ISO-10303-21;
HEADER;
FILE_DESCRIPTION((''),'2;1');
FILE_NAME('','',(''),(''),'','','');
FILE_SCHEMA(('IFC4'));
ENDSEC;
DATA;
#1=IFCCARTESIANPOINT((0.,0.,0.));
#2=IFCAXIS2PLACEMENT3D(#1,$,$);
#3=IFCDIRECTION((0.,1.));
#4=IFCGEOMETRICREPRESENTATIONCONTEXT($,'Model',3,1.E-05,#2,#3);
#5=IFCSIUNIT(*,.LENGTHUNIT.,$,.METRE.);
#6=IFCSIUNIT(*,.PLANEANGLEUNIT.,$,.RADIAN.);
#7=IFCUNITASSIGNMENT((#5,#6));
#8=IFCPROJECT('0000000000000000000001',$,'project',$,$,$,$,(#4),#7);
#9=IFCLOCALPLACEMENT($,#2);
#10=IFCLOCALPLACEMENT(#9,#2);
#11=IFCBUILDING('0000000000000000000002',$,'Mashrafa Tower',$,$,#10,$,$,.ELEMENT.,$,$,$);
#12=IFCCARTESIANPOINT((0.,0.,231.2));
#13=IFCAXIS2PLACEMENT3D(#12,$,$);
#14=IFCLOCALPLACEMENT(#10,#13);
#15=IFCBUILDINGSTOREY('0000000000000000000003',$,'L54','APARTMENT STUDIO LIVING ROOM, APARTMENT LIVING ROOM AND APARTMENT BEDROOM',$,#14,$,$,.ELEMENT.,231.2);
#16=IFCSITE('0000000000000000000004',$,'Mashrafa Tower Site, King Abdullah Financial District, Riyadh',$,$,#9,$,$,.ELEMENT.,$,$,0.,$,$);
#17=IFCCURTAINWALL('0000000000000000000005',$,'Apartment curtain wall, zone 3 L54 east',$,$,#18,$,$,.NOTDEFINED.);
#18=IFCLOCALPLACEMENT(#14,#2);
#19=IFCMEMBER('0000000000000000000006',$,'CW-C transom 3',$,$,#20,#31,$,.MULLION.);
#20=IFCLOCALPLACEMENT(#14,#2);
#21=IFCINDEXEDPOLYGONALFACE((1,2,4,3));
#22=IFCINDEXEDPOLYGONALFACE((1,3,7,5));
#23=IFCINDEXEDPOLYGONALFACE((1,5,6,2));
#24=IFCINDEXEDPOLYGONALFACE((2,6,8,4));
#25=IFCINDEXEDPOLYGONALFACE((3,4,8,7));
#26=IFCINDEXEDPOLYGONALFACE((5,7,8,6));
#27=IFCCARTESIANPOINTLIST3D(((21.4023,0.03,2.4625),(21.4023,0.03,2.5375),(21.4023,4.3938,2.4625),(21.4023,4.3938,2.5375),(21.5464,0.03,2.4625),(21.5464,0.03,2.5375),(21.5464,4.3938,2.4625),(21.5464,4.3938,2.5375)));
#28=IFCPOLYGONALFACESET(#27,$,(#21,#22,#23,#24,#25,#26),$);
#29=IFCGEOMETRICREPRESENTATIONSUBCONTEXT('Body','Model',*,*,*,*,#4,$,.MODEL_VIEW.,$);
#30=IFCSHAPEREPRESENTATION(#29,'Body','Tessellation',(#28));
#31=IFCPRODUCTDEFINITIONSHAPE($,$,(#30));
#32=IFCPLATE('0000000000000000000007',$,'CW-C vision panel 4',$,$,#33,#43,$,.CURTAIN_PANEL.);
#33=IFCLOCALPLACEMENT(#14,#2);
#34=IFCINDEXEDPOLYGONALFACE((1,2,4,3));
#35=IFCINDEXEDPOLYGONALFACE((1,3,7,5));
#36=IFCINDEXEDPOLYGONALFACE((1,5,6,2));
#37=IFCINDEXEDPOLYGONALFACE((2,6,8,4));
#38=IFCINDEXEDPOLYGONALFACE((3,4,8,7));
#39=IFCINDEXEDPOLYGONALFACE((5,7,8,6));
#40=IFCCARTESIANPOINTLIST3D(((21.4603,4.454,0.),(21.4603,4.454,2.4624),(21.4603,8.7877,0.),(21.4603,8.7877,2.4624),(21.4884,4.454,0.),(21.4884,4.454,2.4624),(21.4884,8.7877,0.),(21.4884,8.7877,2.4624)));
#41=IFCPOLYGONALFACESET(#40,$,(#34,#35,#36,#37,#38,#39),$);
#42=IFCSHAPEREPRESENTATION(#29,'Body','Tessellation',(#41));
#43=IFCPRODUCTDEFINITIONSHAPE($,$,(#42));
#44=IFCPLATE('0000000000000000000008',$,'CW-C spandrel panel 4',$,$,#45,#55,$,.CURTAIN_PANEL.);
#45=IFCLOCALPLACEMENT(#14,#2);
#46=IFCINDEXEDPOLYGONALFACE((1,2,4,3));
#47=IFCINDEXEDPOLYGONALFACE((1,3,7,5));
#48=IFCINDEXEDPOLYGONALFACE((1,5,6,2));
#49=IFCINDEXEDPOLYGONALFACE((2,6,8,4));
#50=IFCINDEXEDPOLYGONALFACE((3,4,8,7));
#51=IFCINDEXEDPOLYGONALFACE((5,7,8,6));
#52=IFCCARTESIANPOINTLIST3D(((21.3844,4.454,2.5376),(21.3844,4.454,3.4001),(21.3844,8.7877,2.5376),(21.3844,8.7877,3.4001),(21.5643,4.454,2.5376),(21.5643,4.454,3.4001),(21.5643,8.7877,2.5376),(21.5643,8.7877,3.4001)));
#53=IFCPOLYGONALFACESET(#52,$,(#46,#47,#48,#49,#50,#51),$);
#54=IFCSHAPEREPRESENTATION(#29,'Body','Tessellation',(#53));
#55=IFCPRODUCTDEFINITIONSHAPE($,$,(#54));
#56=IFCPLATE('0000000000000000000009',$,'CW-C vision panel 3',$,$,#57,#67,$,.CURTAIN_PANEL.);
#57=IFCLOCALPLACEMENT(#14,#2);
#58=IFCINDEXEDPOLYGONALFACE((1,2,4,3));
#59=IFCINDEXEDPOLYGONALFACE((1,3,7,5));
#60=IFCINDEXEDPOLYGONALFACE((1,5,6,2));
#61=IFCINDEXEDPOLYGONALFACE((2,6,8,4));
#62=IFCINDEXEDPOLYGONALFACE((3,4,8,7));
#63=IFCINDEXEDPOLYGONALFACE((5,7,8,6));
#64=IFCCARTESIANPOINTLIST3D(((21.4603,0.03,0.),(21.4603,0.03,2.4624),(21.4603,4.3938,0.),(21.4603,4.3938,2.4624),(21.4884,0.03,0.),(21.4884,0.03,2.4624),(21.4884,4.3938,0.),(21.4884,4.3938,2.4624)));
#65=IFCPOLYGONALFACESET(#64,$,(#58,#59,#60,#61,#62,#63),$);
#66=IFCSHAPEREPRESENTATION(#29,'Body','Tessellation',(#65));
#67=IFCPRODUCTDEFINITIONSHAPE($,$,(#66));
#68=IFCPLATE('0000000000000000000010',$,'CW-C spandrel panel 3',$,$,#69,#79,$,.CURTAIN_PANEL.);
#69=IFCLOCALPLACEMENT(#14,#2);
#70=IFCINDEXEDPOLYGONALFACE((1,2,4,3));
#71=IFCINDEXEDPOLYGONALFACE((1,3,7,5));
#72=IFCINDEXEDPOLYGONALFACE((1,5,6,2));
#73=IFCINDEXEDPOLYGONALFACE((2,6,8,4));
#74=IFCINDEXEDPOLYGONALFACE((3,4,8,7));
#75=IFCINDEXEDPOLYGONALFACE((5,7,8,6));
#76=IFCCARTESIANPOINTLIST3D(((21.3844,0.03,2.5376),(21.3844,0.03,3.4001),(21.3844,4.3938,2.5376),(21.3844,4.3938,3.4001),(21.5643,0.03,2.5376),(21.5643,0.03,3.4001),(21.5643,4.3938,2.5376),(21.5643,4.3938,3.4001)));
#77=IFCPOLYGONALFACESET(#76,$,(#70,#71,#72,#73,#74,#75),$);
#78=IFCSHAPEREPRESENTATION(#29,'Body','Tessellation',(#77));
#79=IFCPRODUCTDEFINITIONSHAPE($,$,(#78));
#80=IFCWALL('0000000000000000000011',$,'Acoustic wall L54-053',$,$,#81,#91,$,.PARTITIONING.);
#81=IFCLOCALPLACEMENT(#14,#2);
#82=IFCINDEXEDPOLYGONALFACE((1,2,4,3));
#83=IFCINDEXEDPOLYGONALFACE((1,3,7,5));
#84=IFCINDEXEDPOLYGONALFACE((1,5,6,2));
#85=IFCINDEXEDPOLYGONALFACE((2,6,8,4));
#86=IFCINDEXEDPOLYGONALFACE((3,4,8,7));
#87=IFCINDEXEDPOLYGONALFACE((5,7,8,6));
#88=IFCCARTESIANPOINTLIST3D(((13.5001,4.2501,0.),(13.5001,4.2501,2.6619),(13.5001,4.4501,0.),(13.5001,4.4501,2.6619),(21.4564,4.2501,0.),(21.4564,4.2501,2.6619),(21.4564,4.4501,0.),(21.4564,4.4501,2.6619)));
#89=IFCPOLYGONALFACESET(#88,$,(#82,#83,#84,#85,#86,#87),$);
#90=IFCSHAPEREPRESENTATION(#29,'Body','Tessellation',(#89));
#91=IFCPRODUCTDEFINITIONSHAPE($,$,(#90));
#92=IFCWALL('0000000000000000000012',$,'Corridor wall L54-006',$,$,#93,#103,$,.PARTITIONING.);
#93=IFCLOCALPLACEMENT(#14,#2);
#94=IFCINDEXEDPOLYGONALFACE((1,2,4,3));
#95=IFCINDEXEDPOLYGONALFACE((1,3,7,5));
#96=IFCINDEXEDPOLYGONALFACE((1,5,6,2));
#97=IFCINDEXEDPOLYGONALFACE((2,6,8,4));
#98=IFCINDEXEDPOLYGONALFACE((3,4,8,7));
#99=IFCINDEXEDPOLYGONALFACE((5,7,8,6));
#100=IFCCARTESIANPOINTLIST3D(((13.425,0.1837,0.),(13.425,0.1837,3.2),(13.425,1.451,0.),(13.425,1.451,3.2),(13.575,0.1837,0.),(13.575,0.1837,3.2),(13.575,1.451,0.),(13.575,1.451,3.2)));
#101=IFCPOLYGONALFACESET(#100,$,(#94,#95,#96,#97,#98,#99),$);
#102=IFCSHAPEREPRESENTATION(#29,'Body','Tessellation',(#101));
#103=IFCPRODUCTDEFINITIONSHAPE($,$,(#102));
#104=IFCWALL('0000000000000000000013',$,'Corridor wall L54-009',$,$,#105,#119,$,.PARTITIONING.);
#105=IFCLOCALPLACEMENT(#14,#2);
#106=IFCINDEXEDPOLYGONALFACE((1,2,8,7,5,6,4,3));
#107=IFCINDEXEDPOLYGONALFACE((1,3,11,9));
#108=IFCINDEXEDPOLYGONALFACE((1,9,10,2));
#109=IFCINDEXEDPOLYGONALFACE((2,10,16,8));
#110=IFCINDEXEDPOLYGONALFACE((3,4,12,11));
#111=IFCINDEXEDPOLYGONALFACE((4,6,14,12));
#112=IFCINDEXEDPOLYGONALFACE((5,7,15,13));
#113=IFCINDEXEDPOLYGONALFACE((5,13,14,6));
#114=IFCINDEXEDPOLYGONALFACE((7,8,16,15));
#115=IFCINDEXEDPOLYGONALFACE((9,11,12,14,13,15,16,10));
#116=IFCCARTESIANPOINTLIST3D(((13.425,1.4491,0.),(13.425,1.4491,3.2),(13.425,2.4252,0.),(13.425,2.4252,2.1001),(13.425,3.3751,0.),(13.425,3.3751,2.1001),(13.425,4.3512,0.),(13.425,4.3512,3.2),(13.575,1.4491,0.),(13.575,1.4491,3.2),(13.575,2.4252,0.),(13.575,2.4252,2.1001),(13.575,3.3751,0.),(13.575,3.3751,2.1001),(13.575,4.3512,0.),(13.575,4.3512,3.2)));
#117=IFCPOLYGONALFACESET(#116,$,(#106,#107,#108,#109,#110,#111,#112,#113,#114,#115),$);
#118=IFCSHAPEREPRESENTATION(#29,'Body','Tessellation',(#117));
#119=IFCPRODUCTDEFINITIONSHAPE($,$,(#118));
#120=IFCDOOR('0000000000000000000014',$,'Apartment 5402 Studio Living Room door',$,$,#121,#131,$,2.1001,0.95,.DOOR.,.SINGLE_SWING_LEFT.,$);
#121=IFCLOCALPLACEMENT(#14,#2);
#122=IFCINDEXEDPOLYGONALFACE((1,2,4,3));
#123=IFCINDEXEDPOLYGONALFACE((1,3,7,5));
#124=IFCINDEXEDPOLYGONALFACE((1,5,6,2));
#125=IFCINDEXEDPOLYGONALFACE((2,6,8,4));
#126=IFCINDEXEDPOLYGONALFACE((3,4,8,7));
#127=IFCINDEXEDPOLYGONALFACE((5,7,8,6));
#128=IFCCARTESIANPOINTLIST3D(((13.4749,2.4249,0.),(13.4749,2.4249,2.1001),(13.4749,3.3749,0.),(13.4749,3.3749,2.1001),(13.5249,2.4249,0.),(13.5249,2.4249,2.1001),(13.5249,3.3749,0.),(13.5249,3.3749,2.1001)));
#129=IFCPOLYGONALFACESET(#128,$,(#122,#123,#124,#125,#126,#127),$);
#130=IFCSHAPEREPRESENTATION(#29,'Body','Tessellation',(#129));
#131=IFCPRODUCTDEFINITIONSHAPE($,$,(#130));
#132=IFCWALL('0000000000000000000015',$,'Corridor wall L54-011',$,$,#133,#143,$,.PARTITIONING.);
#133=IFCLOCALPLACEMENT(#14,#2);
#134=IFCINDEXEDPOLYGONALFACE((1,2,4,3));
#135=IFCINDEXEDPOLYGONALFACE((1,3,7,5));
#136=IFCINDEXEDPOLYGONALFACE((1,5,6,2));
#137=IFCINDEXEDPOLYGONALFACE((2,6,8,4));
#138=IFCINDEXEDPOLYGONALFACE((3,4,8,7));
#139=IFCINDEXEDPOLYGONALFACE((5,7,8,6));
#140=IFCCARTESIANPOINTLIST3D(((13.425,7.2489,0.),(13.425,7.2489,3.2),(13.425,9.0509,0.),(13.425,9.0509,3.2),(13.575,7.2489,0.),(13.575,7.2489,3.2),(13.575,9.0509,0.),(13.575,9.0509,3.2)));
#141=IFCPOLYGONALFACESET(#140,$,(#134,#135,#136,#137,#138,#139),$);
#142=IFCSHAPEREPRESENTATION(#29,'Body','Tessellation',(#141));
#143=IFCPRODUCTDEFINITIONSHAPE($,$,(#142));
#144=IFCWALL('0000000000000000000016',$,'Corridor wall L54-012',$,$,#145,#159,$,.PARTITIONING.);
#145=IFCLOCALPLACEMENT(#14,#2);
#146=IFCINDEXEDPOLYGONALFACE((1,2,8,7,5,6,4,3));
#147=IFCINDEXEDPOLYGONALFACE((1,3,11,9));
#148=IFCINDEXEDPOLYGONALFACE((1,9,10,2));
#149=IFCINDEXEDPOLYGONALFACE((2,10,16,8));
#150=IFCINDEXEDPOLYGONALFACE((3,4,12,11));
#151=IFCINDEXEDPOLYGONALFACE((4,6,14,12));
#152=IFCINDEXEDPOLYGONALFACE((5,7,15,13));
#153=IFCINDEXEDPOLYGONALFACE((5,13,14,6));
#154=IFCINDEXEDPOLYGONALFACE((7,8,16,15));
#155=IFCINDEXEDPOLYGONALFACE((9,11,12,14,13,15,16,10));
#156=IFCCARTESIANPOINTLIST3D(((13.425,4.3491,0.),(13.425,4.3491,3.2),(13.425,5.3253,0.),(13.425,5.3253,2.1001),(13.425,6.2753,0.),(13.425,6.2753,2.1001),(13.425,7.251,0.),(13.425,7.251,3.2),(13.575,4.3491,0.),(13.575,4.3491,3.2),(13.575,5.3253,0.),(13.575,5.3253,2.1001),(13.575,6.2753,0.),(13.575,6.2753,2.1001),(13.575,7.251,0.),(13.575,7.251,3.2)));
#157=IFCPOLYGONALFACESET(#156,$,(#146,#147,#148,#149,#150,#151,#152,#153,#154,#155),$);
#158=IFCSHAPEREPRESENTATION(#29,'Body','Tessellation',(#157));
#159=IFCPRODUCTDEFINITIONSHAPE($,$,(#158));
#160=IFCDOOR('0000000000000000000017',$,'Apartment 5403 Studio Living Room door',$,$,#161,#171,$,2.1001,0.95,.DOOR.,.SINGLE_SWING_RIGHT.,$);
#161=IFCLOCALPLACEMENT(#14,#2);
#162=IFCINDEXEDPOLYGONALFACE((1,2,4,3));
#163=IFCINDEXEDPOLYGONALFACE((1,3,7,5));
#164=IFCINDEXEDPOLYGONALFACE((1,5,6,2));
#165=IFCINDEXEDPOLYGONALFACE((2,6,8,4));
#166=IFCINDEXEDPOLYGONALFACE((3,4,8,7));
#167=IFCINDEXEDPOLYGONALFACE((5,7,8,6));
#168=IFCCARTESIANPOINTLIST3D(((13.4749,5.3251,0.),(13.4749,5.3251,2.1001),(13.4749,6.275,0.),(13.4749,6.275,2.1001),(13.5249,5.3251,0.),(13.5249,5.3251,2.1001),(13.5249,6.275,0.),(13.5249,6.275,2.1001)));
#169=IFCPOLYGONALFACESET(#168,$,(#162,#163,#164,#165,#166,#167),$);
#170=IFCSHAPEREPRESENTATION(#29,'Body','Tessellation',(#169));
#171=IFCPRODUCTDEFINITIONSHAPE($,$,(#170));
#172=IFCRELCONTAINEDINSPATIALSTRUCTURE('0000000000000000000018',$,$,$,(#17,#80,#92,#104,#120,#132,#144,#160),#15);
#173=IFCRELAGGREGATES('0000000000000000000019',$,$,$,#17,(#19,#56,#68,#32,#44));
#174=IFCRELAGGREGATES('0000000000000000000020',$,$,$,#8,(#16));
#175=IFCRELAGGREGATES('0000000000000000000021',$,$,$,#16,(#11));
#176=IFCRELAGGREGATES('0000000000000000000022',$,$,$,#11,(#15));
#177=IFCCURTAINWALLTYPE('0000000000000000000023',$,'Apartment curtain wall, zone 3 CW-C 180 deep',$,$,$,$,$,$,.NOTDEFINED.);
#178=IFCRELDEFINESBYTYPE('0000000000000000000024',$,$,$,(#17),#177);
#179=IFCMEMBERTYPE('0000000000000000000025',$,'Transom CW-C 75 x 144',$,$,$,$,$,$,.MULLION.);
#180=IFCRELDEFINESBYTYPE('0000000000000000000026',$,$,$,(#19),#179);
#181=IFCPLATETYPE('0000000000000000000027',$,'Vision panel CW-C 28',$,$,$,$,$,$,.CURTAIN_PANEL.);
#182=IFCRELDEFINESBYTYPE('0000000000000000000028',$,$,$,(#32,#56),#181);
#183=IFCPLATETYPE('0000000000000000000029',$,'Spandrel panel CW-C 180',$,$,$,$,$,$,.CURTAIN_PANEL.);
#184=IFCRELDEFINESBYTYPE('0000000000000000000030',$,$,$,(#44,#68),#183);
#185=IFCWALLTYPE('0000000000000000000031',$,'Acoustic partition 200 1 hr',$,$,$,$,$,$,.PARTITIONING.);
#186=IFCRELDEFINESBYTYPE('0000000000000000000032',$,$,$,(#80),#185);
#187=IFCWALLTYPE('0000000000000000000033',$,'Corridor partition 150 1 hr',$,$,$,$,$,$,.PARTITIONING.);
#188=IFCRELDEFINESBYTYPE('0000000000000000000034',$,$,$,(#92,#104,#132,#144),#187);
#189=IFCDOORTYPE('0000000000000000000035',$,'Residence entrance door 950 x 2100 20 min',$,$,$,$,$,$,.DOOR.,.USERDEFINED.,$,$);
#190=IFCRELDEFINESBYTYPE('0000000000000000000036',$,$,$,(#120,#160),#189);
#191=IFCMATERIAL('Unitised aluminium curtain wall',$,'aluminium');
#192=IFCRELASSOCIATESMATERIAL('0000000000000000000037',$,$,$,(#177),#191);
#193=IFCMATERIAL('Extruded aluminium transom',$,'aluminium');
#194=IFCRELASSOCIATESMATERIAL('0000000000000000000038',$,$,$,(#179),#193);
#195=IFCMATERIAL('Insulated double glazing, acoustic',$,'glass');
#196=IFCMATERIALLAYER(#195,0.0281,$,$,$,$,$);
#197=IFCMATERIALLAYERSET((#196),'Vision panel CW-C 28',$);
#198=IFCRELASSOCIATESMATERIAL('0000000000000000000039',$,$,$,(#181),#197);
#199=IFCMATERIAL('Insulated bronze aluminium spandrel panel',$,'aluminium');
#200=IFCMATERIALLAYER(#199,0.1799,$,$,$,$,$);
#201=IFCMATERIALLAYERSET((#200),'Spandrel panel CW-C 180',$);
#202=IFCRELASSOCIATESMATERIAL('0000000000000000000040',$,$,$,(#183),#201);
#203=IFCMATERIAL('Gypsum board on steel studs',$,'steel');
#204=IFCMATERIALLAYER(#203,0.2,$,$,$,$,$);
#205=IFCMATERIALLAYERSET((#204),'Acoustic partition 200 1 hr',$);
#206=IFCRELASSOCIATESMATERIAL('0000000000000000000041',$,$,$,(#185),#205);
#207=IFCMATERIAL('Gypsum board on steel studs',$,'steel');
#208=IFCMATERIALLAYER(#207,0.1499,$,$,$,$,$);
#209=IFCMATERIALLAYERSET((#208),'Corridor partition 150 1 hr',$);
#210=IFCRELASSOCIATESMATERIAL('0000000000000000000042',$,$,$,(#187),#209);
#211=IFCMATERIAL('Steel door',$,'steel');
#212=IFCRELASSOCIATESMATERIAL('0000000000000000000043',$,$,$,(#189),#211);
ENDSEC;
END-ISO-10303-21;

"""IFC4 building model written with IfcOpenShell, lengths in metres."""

from ifc_helpers import new_model, si_unit, direction, frame, frame_2d, origin, origin_2d, place, context, subcontext, project, spatial, rectangle, extrude, source, transform, mapped, material, layer, layer_set, material_profile, profile_set, type_object, type_shapes, element, fill, aggregate, save


model = new_model("IFC4")

# Units and contexts
model_context = context("Model", 3, precision=1e-05, world=origin(), true_north=direction((0.0, 1.0)))
body_context = subcontext(model_context, "Body", "Model", "MODEL_VIEW")
ifc_project = project(units=[si_unit("LENGTHUNIT", "METRE"), si_unit("PLANEANGLEUNIT", "RADIAN")], contexts=[model_context])

# Site, building, storey
site_placement = place(None, origin())
site = spatial("IfcSite", under=ifc_project, at=site_placement, Name="Mashrafa Tower Site, King Abdullah Financial District, Riyadh", CompositionType="ELEMENT", RefElevation=0.0)
building_placement = place(site_placement, origin())
building = spatial("IfcBuilding", under=site, at=building_placement, Name="Mashrafa Tower", CompositionType="ELEMENT")
storey_placement = place(building_placement, frame((0.0, 0.0, 231.2)))
storey = spatial("IfcBuildingStorey", under=building, at=storey_placement, Name="L54", Description="APARTMENT STUDIO LIVING ROOM, APARTMENT LIVING ROOM AND APARTMENT BEDROOM", CompositionType="ELEMENT", Elevation=231.2)

# Curtain wall
ifc_material_1 = material(Name="Unitised aluminium curtain wall", Category="aluminium")
curtain_wall_type = type_object("IfcCurtainWallType", Name="Apartment curtain wall, zone 3 CW-C 180 deep", PredefinedType="NOTDEFINED", material=ifc_material_1)
curtain_wall_1_placement = place(storey_placement, origin())
curtain_wall_1 = element("IfcCurtainWall", 1, at=curtain_wall_1_placement, inside=storey, type_object=curtain_wall_type, Name="Apartment curtain wall, zone 3 L54 east", PredefinedType="NOTDEFINED")

# Member
ifc_material_2 = material(Name="Extruded aluminium transom", Category="aluminium")
ifc_material_profile_1 = material_profile(ifc_material_2, rectangle(XDim=0.144, YDim=0.075, at=origin_2d()), Name="Transom 75x144")
ifc_profile_set_1 = profile_set([ifc_material_profile_1], Name="Extruded aluminium transom")
member_type_1 = type_object("IfcMemberType", Name="Transom CW-C 75 x 144", PredefinedType="MULLION", material=ifc_profile_set_1)
shared_shape_1 = source(origin(), body_context, "Body", "SweptSolid", [
    extrude(rectangle(XDim=0.144, YDim=0.075, at=origin_2d()), origin(), (0.0, 0.0, 1.0), 4.3638),
])
member_1_placement = place(storey_placement, frame((21.4744, 0.03, 2.5), z_axis=(0.0, 1.0, 0.0), x_axis=(-1.0, 0.0, 0.0)))
member_1 = element("IfcMember", 2, at=member_1_placement, type_object=member_type_1, Name="CW-C transom 3", PredefinedType="MULLION", context=body_context, shape_type="MappedRepresentation", body=[
    mapped(shared_shape_1, transform((0.0, 0.0, 0.0))),
])

# Plates
ifc_material_3 = material(Name="Insulated double glazing, acoustic", Category="glass")
ifc_layer_1 = layer(ifc_material_3, 0.0281)
ifc_layer_set_1 = layer_set([ifc_layer_1], Name="Vision panel CW-C 28")
plate_type_1 = type_object("IfcPlateType", Name="Vision panel CW-C 28", PredefinedType="CURTAIN_PANEL", material=ifc_layer_set_1)
shared_shape_2 = source(origin(), body_context, "Body", "SweptSolid", [
    extrude(rectangle(XDim=4.3337, YDim=0.0281, at=origin_2d()), origin(), (0.0, 0.0, 1.0), 2.4624),
])
plate_1_placement = place(storey_placement, frame((21.4744, 6.6208, 0.0), z_axis=(0.0, 0.0, 1.0), x_axis=(0.0, 1.0, 0.0)))
plate_1 = element("IfcPlate", 3, at=plate_1_placement, type_object=plate_type_1, Name="CW-C vision panel 4", PredefinedType="CURTAIN_PANEL", context=body_context, shape_type="MappedRepresentation", body=[
    mapped(shared_shape_2, transform((0.0, 0.0, 0.0))),
])
ifc_material_4 = material(Name="Insulated bronze aluminium spandrel panel", Category="aluminium")
ifc_layer_2 = layer(ifc_material_4, 0.1799)
ifc_layer_set_2 = layer_set([ifc_layer_2], Name="Spandrel panel CW-C 180")
plate_type_2 = type_object("IfcPlateType", Name="Spandrel panel CW-C 180", PredefinedType="CURTAIN_PANEL", material=ifc_layer_set_2)
shared_shape_3 = source(origin(), body_context, "Body", "SweptSolid", [
    extrude(rectangle(XDim=4.3337, YDim=0.1799, at=origin_2d()), origin(), (0.0, 0.0, 1.0), 0.8625),
])
plate_2_placement = place(storey_placement, frame((21.4744, 6.6208, 2.5376), z_axis=(0.0, 0.0, 1.0), x_axis=(0.0, 1.0, 0.0)))
plate_2 = element("IfcPlate", 4, at=plate_2_placement, type_object=plate_type_2, Name="CW-C spandrel panel 4", PredefinedType="CURTAIN_PANEL", context=body_context, shape_type="MappedRepresentation", body=[
    mapped(shared_shape_3, transform((0.0, 0.0, 0.0))),
])
shared_shape_4 = source(origin(), body_context, "Body", "SweptSolid", [
    extrude(rectangle(XDim=4.3638, YDim=0.0281, at=origin_2d()), origin(), (0.0, 0.0, 1.0), 2.4624),
])
type_shapes(plate_type_1, [shared_shape_2, shared_shape_4])
plate_3_placement = place(storey_placement, frame((21.4744, 2.2119, 0.0), z_axis=(0.0, 0.0, 1.0), x_axis=(0.0, 1.0, 0.0)))
plate_3 = element("IfcPlate", 5, at=plate_3_placement, type_object=plate_type_1, Name="CW-C vision panel 3", PredefinedType="CURTAIN_PANEL", context=body_context, shape_type="MappedRepresentation", body=[
    mapped(shared_shape_4, transform((0.0, 0.0, 0.0))),
])
shared_shape_5 = source(origin(), body_context, "Body", "SweptSolid", [
    extrude(rectangle(XDim=4.3638, YDim=0.1799, at=origin_2d()), origin(), (0.0, 0.0, 1.0), 0.8625),
])
type_shapes(plate_type_2, [shared_shape_3, shared_shape_5])
plate_4_placement = place(storey_placement, frame((21.4744, 2.2119, 2.5376), z_axis=(0.0, 0.0, 1.0), x_axis=(0.0, 1.0, 0.0)))
plate_4 = element("IfcPlate", 6, at=plate_4_placement, type_object=plate_type_2, Name="CW-C spandrel panel 3", PredefinedType="CURTAIN_PANEL", context=body_context, shape_type="MappedRepresentation", body=[
    mapped(shared_shape_5, transform((0.0, 0.0, 0.0))),
])
aggregate(curtain_wall_1, [member_1, plate_3, plate_4, plate_1, plate_2])

# Walls
ifc_material_5 = material(Name="Gypsum board on steel studs", Category="steel")
ifc_layer_3 = layer(ifc_material_5, 0.2)
ifc_layer_set_3 = layer_set([ifc_layer_3], Name="Acoustic partition 200 1 hr")
wall_type_1 = type_object("IfcWallType", Name="Acoustic partition 200 1 hr", PredefinedType="PARTITIONING", material=ifc_layer_set_3)
wall_1_placement = place(storey_placement, frame((21.4563, 4.3501, 0.0), z_axis=(0.0, 0.0, 1.0), x_axis=(-1.0, 0.0, 0.0)))
element("IfcWall", 7, at=wall_1_placement, inside=storey, type_object=wall_type_1, Name="Acoustic wall L54-053", PredefinedType="PARTITIONING", context=body_context, shape_type="SweptSolid", body=[
    extrude(rectangle(XDim=7.9563, YDim=0.2, at=frame_2d((3.978, 0.0))), origin(), (0.0, 0.0, 1.0), 2.6619),
])
ifc_material_6 = material(Name="Gypsum board on steel studs", Category="steel")
ifc_layer_4 = layer(ifc_material_6, 0.1499)
ifc_layer_set_4 = layer_set([ifc_layer_4], Name="Corridor partition 150 1 hr")
wall_type_2 = type_object("IfcWallType", Name="Corridor partition 150 1 hr", PredefinedType="PARTITIONING", material=ifc_layer_set_4)
wall_2_placement = place(storey_placement, frame((13.5, 0.1836, 0.0), z_axis=(0.0, 0.0, 1.0), x_axis=(0.0, 1.0, 0.0)))
element("IfcWall", 8, at=wall_2_placement, inside=storey, type_object=wall_type_2, Name="Corridor wall L54-006", PredefinedType="PARTITIONING", context=body_context, shape_type="SweptSolid", body=[
    extrude(rectangle(XDim=1.2673, YDim=0.1499, at=frame_2d((0.6338, 0.0))), origin(), (0.0, 0.0, 1.0), 3.2),
])

# Wall, opening, door
wall_3_placement = place(storey_placement, frame((13.5, 1.449, 0.0), z_axis=(0.0, 0.0, 1.0), x_axis=(0.0, 1.0, 0.0)))
wall_3 = element("IfcWall", 9, at=wall_3_placement, inside=storey, type_object=wall_type_2, Name="Corridor wall L54-009", PredefinedType="PARTITIONING", context=body_context, shape_type="SweptSolid", body=[
    extrude(rectangle(XDim=2.9021, YDim=0.1499, at=frame_2d((1.4512, 0.0))), origin(), (0.0, 0.0, 1.0), 3.2),
])
opening_1_placement = place(wall_3_placement, frame((0.9761, 0.0, 0.0)))
opening_1 = element("IfcOpeningElement", 10, at=opening_1_placement, cuts=wall_3, PredefinedType="OPENING", context=body_context, shape_type="SweptSolid", body=[
    extrude(rectangle(XDim=0.95, YDim=2.1001, at=frame_2d((0.4751, 1.05))), frame((0.0, 0.085, 0.0), z_axis=(0.0, -1.0, 0.0), x_axis=(1.0, 0.0, 0.0)), (0.0, 0.0, 1.0), 0.1699),
])
ifc_material_7 = material(Name="Steel door", Category="steel")
door_type = type_object("IfcDoorType", Name="Residence entrance door 950 x 2100 20 min", OperationType="USERDEFINED", PredefinedType="DOOR", material=ifc_material_7)
door_1_placement = place(opening_1_placement, frame((0.95, 0.0, 0.0), z_axis=(0.0, 0.0, 1.0), x_axis=(-1.0, 0.0, 0.0)))
door_1 = element("IfcDoor", 11, at=door_1_placement, inside=storey, type_object=door_type, Name="Apartment 5402 Studio Living Room door", OperationType="SINGLE_SWING_LEFT", OverallHeight=2.1001, OverallWidth=0.95, PredefinedType="DOOR", context=body_context, shape_type="SweptSolid", body=[
    extrude(rectangle(XDim=0.95, YDim=2.1001, at=frame_2d((0.4751, 1.05))), frame((0.0, 0.0249, 0.0), z_axis=(0.0, -1.0, 0.0), x_axis=(1.0, 0.0, 0.0)), (0.0, 0.0, 1.0), 0.05),
])
fill(opening_1, door_1)

# Wall
wall_4_placement = place(storey_placement, frame((13.5, 7.249, 0.0), z_axis=(0.0, 0.0, 1.0), x_axis=(0.0, 1.0, 0.0)))
element("IfcWall", 12, at=wall_4_placement, inside=storey, type_object=wall_type_2, Name="Corridor wall L54-011", PredefinedType="PARTITIONING", context=body_context, shape_type="SweptSolid", body=[
    extrude(rectangle(XDim=1.802, YDim=0.1499, at=frame_2d((0.9009, 0.0))), origin(), (0.0, 0.0, 1.0), 3.2),
])

# Wall, opening, door
wall_5_placement = place(storey_placement, frame((13.5, 4.3491, 0.0), z_axis=(0.0, 0.0, 1.0), x_axis=(0.0, 1.0, 0.0)))
wall_5 = element("IfcWall", 13, at=wall_5_placement, inside=storey, type_object=wall_type_2, Name="Corridor wall L54-012", PredefinedType="PARTITIONING", context=body_context, shape_type="SweptSolid", body=[
    extrude(rectangle(XDim=2.9019, YDim=0.1499, at=frame_2d((1.4509, 0.0))), origin(), (0.0, 0.0, 1.0), 3.2),
])
opening_2_placement = place(wall_5_placement, frame((0.9761, 0.0, 0.0)))
opening_2 = element("IfcOpeningElement", 14, at=opening_2_placement, cuts=wall_5, PredefinedType="OPENING", context=body_context, shape_type="SweptSolid", body=[
    extrude(rectangle(XDim=0.95, YDim=2.1001, at=frame_2d((0.4751, 1.05))), frame((0.0, 0.085, 0.0), z_axis=(0.0, -1.0, 0.0), x_axis=(1.0, 0.0, 0.0)), (0.0, 0.0, 1.0), 0.1699),
])
door_2_placement = place(opening_2_placement, frame((0.95, 0.0, 0.0), z_axis=(0.0, 0.0, 1.0), x_axis=(-1.0, 0.0, 0.0)))
door_2 = element("IfcDoor", 15, at=door_2_placement, inside=storey, type_object=door_type, Name="Apartment 5403 Studio Living Room door", OperationType="SINGLE_SWING_RIGHT", OverallHeight=2.1001, OverallWidth=0.95, PredefinedType="DOOR", context=body_context, shape_type="SweptSolid", body=[
    extrude(rectangle(XDim=0.95, YDim=2.1001, at=frame_2d((0.4751, 1.05))), frame((0.0, 0.0249, 0.0), z_axis=(0.0, -1.0, 0.0), x_axis=(1.0, 0.0, 0.0)), (0.0, 0.0, 1.0), 0.05),
])
fill(opening_2, door_2)

save(model, "model.ifc")
